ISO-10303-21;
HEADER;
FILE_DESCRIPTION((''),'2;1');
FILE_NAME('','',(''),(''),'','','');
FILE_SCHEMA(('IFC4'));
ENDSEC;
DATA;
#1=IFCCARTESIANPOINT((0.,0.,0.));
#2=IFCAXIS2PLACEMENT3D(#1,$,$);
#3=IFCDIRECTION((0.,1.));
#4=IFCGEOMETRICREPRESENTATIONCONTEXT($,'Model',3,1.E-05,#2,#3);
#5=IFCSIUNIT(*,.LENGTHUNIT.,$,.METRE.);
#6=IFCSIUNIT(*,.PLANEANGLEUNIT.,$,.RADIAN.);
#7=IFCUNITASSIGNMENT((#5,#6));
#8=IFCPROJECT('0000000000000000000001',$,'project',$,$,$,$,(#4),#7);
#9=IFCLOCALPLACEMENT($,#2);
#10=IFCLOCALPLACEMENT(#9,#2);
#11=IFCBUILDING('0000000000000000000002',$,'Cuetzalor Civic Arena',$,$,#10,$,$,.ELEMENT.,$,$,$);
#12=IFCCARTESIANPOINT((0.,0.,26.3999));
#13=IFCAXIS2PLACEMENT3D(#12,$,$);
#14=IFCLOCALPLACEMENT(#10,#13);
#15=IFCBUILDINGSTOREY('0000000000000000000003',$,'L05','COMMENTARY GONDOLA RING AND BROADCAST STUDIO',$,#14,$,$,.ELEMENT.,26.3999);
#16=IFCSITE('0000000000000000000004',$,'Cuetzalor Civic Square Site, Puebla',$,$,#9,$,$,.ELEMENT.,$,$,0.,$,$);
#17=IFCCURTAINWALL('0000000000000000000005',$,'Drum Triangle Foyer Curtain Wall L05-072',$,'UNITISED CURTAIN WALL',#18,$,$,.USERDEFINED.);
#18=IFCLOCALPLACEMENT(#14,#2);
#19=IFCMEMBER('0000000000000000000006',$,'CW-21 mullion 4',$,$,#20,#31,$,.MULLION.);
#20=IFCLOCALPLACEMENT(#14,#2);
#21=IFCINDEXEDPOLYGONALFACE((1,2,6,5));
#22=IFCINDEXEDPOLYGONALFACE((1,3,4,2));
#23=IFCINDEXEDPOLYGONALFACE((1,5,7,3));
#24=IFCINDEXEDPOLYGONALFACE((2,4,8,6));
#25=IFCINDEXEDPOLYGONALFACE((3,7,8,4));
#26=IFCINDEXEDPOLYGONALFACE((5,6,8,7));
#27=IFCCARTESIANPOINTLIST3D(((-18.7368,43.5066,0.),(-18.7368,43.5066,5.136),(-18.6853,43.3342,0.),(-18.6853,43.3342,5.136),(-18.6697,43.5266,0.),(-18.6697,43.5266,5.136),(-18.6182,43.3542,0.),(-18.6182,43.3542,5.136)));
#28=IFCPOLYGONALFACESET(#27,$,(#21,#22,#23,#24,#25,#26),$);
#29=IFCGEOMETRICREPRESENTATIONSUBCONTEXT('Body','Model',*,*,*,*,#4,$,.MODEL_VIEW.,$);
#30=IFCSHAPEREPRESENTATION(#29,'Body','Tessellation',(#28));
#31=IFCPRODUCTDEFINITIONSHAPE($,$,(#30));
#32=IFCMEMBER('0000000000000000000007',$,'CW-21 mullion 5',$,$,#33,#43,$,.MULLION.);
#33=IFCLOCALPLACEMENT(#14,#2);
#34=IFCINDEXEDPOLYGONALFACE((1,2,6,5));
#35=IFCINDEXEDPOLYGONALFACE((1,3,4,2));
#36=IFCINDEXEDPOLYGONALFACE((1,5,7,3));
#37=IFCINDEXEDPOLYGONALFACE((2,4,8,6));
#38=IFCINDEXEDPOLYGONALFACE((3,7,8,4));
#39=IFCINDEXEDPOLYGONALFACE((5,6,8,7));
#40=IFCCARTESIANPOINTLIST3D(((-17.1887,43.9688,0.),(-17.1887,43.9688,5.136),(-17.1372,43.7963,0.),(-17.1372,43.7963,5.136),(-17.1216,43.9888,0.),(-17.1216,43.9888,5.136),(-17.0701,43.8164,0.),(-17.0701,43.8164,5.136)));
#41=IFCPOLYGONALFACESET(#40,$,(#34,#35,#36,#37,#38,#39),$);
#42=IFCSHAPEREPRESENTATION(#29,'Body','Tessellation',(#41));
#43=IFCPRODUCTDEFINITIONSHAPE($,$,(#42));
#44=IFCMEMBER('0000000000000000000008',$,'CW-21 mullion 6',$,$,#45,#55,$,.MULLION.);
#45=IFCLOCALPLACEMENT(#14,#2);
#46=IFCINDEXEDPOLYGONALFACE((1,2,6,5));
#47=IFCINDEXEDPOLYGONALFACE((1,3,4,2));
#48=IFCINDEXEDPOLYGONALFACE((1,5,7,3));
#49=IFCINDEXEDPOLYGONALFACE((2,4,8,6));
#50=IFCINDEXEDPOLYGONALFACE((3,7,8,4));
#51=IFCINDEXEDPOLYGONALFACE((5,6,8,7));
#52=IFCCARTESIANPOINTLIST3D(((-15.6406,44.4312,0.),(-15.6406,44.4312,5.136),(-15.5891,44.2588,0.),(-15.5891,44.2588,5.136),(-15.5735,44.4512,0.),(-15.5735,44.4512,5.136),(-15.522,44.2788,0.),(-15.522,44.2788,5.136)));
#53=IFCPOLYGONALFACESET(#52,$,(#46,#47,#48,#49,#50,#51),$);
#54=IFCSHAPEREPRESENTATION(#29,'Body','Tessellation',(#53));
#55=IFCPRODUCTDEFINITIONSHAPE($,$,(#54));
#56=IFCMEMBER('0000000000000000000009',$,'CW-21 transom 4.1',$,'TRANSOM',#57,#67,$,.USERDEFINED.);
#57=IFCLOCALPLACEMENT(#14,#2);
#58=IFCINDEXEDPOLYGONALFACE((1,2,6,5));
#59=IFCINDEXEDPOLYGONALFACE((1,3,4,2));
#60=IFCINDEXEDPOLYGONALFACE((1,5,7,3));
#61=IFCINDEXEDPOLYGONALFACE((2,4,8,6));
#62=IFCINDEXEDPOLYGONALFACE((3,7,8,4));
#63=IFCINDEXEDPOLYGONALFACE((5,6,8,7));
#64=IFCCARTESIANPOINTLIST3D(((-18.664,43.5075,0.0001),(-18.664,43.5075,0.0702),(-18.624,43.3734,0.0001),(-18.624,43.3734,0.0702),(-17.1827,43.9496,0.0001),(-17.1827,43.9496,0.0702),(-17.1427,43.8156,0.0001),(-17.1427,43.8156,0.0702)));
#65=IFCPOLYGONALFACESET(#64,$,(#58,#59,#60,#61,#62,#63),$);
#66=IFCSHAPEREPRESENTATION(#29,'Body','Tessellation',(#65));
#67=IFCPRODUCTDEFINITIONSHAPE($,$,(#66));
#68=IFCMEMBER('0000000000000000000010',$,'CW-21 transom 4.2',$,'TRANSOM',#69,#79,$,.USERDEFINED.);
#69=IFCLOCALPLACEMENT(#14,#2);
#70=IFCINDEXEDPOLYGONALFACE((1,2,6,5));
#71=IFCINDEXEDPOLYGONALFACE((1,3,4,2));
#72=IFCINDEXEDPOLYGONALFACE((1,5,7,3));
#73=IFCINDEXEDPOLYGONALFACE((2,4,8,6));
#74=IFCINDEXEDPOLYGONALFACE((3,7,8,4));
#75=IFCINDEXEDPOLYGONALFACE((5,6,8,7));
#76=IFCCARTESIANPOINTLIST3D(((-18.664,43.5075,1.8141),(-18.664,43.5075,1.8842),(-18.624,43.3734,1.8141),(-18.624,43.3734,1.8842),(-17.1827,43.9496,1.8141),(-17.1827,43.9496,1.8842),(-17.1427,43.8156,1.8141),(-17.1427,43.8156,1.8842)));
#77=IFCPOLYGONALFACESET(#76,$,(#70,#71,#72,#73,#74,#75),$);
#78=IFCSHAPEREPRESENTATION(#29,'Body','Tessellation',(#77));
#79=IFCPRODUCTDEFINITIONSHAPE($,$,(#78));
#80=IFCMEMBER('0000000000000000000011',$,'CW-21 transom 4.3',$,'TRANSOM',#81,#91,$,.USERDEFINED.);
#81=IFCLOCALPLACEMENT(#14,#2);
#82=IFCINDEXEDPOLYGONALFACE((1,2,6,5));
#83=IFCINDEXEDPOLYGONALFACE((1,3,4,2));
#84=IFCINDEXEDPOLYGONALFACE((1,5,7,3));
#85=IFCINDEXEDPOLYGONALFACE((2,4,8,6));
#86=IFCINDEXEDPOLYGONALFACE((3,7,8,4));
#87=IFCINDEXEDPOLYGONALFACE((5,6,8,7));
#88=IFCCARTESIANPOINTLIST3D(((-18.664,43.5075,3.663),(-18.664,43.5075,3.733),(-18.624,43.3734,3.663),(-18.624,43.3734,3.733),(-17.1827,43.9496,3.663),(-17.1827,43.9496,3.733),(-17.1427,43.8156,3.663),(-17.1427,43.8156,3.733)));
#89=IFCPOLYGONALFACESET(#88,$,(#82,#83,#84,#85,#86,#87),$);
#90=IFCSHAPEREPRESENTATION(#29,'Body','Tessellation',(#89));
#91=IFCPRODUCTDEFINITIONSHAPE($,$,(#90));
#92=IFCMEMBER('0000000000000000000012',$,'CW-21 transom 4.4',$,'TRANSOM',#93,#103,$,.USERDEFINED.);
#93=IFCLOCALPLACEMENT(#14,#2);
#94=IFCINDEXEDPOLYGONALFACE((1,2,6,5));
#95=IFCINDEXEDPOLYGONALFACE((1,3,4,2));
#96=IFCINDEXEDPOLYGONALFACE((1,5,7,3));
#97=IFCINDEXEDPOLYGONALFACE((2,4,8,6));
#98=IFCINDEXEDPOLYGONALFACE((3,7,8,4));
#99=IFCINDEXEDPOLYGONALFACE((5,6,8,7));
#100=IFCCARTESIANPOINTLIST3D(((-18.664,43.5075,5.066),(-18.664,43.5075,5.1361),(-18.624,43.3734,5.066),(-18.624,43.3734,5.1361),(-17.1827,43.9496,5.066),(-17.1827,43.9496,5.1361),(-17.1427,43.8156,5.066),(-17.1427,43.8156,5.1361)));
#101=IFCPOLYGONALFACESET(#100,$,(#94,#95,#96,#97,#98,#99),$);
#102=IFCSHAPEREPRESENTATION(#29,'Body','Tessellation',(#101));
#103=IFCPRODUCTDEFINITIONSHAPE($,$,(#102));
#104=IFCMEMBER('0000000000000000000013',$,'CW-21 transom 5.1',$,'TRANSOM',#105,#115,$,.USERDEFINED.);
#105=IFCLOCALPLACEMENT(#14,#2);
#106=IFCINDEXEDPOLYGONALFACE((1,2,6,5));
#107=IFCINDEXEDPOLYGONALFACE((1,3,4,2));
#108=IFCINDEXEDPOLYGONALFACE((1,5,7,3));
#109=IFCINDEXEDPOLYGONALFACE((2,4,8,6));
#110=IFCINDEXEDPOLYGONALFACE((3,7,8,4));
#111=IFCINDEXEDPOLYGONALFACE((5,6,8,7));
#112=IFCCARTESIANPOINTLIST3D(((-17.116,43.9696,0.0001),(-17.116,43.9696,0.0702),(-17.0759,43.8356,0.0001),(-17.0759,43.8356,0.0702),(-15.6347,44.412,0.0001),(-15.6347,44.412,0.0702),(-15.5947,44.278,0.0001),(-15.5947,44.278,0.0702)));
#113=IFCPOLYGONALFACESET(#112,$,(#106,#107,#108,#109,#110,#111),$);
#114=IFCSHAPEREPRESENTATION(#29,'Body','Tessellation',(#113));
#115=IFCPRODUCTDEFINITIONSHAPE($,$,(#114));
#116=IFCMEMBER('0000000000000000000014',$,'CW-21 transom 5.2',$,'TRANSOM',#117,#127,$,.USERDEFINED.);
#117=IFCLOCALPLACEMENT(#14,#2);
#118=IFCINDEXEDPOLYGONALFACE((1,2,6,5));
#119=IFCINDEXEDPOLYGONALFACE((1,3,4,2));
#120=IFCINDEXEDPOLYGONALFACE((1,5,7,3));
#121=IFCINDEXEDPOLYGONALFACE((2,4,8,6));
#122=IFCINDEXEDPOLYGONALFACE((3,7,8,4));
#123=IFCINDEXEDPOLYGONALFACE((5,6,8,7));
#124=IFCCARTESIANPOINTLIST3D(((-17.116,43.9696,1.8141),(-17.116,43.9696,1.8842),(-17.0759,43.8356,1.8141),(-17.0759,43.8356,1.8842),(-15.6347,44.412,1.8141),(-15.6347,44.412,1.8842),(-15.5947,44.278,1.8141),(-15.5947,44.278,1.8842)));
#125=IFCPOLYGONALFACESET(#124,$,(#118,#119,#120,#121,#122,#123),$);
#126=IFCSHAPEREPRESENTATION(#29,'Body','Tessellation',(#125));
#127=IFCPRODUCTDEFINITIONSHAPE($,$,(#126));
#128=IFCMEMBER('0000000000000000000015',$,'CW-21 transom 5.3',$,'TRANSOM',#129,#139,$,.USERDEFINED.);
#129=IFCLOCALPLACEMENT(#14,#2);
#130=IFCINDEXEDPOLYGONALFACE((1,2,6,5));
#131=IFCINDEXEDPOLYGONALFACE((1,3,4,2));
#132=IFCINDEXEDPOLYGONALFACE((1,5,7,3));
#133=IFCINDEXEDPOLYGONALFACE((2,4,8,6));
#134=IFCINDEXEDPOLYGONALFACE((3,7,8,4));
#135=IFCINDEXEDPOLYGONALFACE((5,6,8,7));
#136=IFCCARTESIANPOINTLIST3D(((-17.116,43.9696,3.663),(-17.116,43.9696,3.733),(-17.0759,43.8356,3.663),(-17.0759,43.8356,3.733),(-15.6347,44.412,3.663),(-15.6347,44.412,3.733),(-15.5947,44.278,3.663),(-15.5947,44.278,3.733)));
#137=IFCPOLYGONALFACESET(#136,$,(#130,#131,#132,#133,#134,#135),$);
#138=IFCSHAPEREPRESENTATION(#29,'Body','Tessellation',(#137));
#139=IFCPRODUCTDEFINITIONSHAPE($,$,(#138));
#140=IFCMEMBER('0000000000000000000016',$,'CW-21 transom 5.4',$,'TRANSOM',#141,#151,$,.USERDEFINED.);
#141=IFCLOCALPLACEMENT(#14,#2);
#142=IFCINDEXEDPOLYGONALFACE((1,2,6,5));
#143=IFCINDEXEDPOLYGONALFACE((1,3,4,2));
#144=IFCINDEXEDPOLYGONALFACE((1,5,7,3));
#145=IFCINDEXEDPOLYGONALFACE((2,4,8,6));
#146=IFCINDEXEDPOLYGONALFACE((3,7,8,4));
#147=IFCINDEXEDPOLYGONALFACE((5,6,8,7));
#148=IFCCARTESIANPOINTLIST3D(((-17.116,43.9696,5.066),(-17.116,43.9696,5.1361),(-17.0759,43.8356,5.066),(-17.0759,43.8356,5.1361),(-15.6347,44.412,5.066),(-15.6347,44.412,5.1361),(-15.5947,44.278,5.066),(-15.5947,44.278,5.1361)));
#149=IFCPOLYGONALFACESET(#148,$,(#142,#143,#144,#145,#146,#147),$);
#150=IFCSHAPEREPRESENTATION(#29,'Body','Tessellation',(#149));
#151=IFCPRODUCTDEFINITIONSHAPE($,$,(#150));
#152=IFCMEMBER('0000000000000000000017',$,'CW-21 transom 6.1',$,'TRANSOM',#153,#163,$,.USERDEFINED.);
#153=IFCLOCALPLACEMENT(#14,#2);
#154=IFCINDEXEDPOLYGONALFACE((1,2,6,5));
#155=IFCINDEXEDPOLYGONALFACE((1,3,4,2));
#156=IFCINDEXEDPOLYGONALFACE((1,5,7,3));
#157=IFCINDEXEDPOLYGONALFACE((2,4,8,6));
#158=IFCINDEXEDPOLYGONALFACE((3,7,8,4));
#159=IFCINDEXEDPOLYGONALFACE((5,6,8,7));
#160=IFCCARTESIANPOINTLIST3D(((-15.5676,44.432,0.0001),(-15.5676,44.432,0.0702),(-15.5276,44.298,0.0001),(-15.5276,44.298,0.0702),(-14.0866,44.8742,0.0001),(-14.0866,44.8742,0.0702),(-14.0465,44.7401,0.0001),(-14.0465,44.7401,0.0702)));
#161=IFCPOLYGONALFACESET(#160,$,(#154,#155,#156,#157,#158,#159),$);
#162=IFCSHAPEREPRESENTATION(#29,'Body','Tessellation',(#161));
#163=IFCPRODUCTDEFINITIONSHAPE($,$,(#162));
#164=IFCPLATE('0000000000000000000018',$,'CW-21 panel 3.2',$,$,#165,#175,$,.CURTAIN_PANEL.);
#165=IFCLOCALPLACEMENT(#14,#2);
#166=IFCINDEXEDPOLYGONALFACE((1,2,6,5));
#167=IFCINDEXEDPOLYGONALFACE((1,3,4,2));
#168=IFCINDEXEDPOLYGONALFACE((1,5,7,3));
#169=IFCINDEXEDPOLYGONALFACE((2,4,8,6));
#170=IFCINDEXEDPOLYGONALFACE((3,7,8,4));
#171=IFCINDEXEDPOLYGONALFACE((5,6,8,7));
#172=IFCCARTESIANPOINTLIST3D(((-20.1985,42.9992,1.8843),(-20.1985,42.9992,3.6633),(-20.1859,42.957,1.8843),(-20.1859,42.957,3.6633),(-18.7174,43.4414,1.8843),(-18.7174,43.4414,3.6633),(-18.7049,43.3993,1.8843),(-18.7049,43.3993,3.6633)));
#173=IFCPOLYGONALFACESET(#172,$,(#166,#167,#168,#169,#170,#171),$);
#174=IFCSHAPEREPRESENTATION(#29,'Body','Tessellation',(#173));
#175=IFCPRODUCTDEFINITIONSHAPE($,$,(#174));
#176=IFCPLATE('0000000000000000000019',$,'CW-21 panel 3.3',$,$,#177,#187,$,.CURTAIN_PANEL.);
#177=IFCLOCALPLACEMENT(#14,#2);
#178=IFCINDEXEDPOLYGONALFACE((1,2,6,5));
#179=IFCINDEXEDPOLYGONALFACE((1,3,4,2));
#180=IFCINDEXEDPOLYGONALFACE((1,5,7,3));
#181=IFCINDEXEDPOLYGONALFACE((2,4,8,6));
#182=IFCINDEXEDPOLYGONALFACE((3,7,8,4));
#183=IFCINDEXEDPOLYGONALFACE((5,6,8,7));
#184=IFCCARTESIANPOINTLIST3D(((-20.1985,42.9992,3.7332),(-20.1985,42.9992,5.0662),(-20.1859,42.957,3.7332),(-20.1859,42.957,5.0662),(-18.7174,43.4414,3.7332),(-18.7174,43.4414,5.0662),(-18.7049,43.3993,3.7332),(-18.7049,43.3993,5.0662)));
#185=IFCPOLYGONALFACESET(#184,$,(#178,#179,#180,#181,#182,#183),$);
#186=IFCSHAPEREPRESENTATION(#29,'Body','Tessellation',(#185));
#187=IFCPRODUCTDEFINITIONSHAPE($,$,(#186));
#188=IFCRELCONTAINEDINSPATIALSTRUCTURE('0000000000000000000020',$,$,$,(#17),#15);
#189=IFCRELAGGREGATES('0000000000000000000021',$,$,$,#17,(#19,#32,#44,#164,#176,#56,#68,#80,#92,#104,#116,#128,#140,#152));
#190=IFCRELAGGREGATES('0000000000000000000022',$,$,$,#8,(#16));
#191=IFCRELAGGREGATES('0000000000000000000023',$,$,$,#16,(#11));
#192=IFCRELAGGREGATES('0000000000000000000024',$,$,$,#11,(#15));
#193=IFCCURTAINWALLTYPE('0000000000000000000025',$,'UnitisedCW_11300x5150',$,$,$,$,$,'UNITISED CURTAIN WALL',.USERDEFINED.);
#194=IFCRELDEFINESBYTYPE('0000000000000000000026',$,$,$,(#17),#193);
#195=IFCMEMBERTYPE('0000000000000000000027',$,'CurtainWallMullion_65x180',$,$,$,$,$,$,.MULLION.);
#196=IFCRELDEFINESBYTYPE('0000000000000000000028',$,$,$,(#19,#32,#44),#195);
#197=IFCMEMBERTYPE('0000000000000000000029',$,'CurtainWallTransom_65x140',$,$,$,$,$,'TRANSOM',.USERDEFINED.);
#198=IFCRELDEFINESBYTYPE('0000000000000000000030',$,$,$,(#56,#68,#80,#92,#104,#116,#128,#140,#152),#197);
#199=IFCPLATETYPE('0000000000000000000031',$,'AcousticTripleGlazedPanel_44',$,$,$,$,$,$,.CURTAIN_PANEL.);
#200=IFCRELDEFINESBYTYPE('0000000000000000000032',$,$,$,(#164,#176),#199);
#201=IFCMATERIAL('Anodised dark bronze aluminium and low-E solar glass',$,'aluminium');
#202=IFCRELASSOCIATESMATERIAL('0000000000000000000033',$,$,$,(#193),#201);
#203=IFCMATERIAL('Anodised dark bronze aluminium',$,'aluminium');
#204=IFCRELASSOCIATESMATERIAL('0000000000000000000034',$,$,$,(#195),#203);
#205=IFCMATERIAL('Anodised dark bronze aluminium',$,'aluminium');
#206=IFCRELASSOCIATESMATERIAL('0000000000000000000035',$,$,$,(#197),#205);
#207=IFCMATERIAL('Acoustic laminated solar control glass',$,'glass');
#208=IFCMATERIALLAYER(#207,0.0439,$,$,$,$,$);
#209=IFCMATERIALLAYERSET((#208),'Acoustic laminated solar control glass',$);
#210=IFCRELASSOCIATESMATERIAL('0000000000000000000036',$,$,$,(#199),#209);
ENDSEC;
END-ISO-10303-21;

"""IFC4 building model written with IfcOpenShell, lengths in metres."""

from ifc_helpers import new_model, si_unit, direction, frame, origin, origin_2d, place, context, subcontext, project, spatial, rectangle, extrude, material, layer, layer_set, material_profile, profile_set, type_object, element, aggregate, save


model = new_model("IFC4")

# Units and contexts
model_context = context("Model", 3, precision=1e-05, world=origin(), true_north=direction((0.0, 1.0)))
body_context = subcontext(model_context, "Body", "Model", "MODEL_VIEW")
ifc_project = project(units=[si_unit("LENGTHUNIT", "METRE"), si_unit("PLANEANGLEUNIT", "RADIAN")], contexts=[model_context])

# Site, building, storey
site_placement = place(None, origin())
site = spatial("IfcSite", under=ifc_project, at=site_placement, Name="Cuetzalor Civic Square Site, Puebla", CompositionType="ELEMENT", RefElevation=0.0)
building_placement = place(site_placement, origin())
building = spatial("IfcBuilding", under=site, at=building_placement, Name="Cuetzalor Civic Arena", CompositionType="ELEMENT")
storey_placement = place(building_placement, frame((0.0, 0.0, 26.3999)))
storey = spatial("IfcBuildingStorey", under=building, at=storey_placement, Name="L05", Description="COMMENTARY GONDOLA RING AND BROADCAST STUDIO", CompositionType="ELEMENT", Elevation=26.3999)

# Curtain wall, members, plates
ifc_material_1 = material(Name="Anodised dark bronze aluminium and low-E solar glass", Category="aluminium")
curtain_wall_type = type_object("IfcCurtainWallType", Name="UnitisedCW_11300x5150", ElementType="UNITISED CURTAIN WALL", PredefinedType="USERDEFINED", material=ifc_material_1)
curtain_wall_placement = place(storey_placement, origin())
curtain_wall = element("IfcCurtainWall", 1, at=curtain_wall_placement, inside=storey, type_object=curtain_wall_type, Name="Drum Triangle Foyer Curtain Wall L05-072", ObjectType="UNITISED CURTAIN WALL", PredefinedType="USERDEFINED")
ifc_material_2 = material(Name="Anodised dark bronze aluminium", Category="aluminium")
ifc_material_profile_1 = material_profile(ifc_material_2, rectangle(XDim=0.0701, YDim=0.1799, at=origin_2d()), Name="ALU MULLION 70x180")
ifc_profile_set_1 = profile_set([ifc_material_profile_1], Name="Anodised dark bronze aluminium")
member_type_1 = type_object("IfcMemberType", Name="CurtainWallMullion_65x180", PredefinedType="MULLION", material=ifc_profile_set_1)
member_1_placement = place(storey_placement, frame((-18.6775, 43.4304, 0.0), z_axis=(0.0, 0.0, 1.0), x_axis=(0.958194, 0.28612, 0.0)))
member_1 = element("IfcMember", 2, at=member_1_placement, type_object=member_type_1, Name="CW-21 mullion 4", PredefinedType="MULLION", context=body_context, shape_type="SweptSolid", body=[
    extrude(rectangle(XDim=0.0701, YDim=0.1799, at=origin_2d()), origin(), (0.0, 0.0, 1.0), 5.136),
])
member_2_placement = place(storey_placement, frame((-17.1294, 43.8926, 0.0), z_axis=(0.0, 0.0, 1.0), x_axis=(0.958194, 0.28612, 0.0)))
member_2 = element("IfcMember", 3, at=member_2_placement, type_object=member_type_1, Name="CW-21 mullion 5", PredefinedType="MULLION", context=body_context, shape_type="SweptSolid", body=[
    extrude(rectangle(XDim=0.0701, YDim=0.1799, at=origin_2d()), origin(), (0.0, 0.0, 1.0), 5.136),
])
member_3_placement = place(storey_placement, frame((-15.5813, 44.355, 0.0), z_axis=(0.0, 0.0, 1.0), x_axis=(0.958194, 0.28612, 0.0)))
member_3 = element("IfcMember", 4, at=member_3_placement, type_object=member_type_1, Name="CW-21 mullion 6", PredefinedType="MULLION", context=body_context, shape_type="SweptSolid", body=[
    extrude(rectangle(XDim=0.0701, YDim=0.1799, at=origin_2d()), origin(), (0.0, 0.0, 1.0), 5.136),
])
ifc_material_3 = material(Name="Anodised dark bronze aluminium", Category="aluminium")
ifc_material_profile_2 = material_profile(ifc_material_3, rectangle(XDim=0.1399, YDim=0.0701, at=origin_2d()), Name="ALU TRANSOM 70x140")
ifc_profile_set_2 = profile_set([ifc_material_profile_2], Name="Anodised dark bronze aluminium")
member_type_2 = type_object("IfcMemberType", Name="CurtainWallTransom_65x140", ElementType="TRANSOM", PredefinedType="USERDEFINED", material=ifc_profile_set_2)
member_4_placement = place(storey_placement, frame((-18.644, 43.4404, 0.0352), z_axis=(0.958221, 0.286029, 0.0), x_axis=(-0.286029, 0.958221, 0.0)))
member_4 = element("IfcMember", 5, at=member_4_placement, type_object=member_type_2, Name="CW-21 transom 4.1", ObjectType="TRANSOM", PredefinedType="USERDEFINED", context=body_context, shape_type="SweptSolid", body=[
    extrude(rectangle(XDim=0.1399, YDim=0.0701, at=origin_2d()), origin(), (0.0, 0.0, 1.0), 1.5459),
])
member_5_placement = place(storey_placement, frame((-18.644, 43.4404, 1.8491), z_axis=(0.958221, 0.286029, 0.0), x_axis=(-0.286029, 0.958221, 0.0)))
member_5 = element("IfcMember", 6, at=member_5_placement, type_object=member_type_2, Name="CW-21 transom 4.2", ObjectType="TRANSOM", PredefinedType="USERDEFINED", context=body_context, shape_type="SweptSolid", body=[
    extrude(rectangle(XDim=0.1399, YDim=0.0701, at=origin_2d()), origin(), (0.0, 0.0, 1.0), 1.5459),
])
member_6_placement = place(storey_placement, frame((-18.644, 43.4404, 3.698), z_axis=(0.958221, 0.286029, 0.0), x_axis=(-0.286029, 0.958221, 0.0)))
member_6 = element("IfcMember", 7, at=member_6_placement, type_object=member_type_2, Name="CW-21 transom 4.3", ObjectType="TRANSOM", PredefinedType="USERDEFINED", context=body_context, shape_type="SweptSolid", body=[
    extrude(rectangle(XDim=0.1399, YDim=0.0701, at=origin_2d()), origin(), (0.0, 0.0, 1.0), 1.5459),
])
member_7_placement = place(storey_placement, frame((-18.644, 43.4404, 5.1011), z_axis=(0.958221, 0.286029, 0.0), x_axis=(-0.286029, 0.958221, 0.0)))
member_7 = element("IfcMember", 8, at=member_7_placement, type_object=member_type_2, Name="CW-21 transom 4.4", ObjectType="TRANSOM", PredefinedType="USERDEFINED", context=body_context, shape_type="SweptSolid", body=[
    extrude(rectangle(XDim=0.1399, YDim=0.0701, at=origin_2d()), origin(), (0.0, 0.0, 1.0), 1.5459),
])
member_8_placement = place(storey_placement, frame((-17.0959, 43.9026, 0.0352), z_axis=(0.958178, 0.286174, 0.0), x_axis=(-0.286174, 0.958178, 0.0)))
member_8 = element("IfcMember", 9, at=member_8_placement, type_object=member_type_2, Name="CW-21 transom 5.1", ObjectType="TRANSOM", PredefinedType="USERDEFINED", context=body_context, shape_type="SweptSolid", body=[
    extrude(rectangle(XDim=0.1399, YDim=0.0701, at=origin_2d()), origin(), (0.0, 0.0, 1.0), 1.5459),
])
member_9_placement = place(storey_placement, frame((-17.0959, 43.9026, 1.8491), z_axis=(0.958178, 0.286174, 0.0), x_axis=(-0.286174, 0.958178, 0.0)))
member_9 = element("IfcMember", 10, at=member_9_placement, type_object=member_type_2, Name="CW-21 transom 5.2", ObjectType="TRANSOM", PredefinedType="USERDEFINED", context=body_context, shape_type="SweptSolid", body=[
    extrude(rectangle(XDim=0.1399, YDim=0.0701, at=origin_2d()), origin(), (0.0, 0.0, 1.0), 1.5459),
])
member_10_placement = place(storey_placement, frame((-17.0959, 43.9026, 3.698), z_axis=(0.958178, 0.286174, 0.0), x_axis=(-0.286174, 0.958178, 0.0)))
member_10 = element("IfcMember", 11, at=member_10_placement, type_object=member_type_2, Name="CW-21 transom 5.3", ObjectType="TRANSOM", PredefinedType="USERDEFINED", context=body_context, shape_type="SweptSolid", body=[
    extrude(rectangle(XDim=0.1399, YDim=0.0701, at=origin_2d()), origin(), (0.0, 0.0, 1.0), 1.5459),
])
member_11_placement = place(storey_placement, frame((-17.0959, 43.9026, 5.1011), z_axis=(0.958178, 0.286174, 0.0), x_axis=(-0.286174, 0.958178, 0.0)))
member_11 = element("IfcMember", 12, at=member_11_placement, type_object=member_type_2, Name="CW-21 transom 5.4", ObjectType="TRANSOM", PredefinedType="USERDEFINED", context=body_context, shape_type="SweptSolid", body=[
    extrude(rectangle(XDim=0.1399, YDim=0.0701, at=origin_2d()), origin(), (0.0, 0.0, 1.0), 1.5459),
])
member_12_placement = place(storey_placement, frame((-15.5476, 44.365, 0.0352), z_axis=(0.958208, 0.286072, 0.0), x_axis=(-0.286072, 0.958208, 0.0)))
member_12 = element("IfcMember", 13, at=member_12_placement, type_object=member_type_2, Name="CW-21 transom 6.1", ObjectType="TRANSOM", PredefinedType="USERDEFINED", context=body_context, shape_type="SweptSolid", body=[
    extrude(rectangle(XDim=0.1399, YDim=0.0701, at=origin_2d()), origin(), (0.0, 0.0, 1.0), 1.5457),
])
ifc_material_4 = material(Name="Acoustic laminated solar control glass", Category="glass")
ifc_layer = layer(ifc_material_4, 0.0439)
ifc_layer_set = layer_set([ifc_layer], Name="Acoustic laminated solar control glass")
plate_type = type_object("IfcPlateType", Name="AcousticTripleGlazedPanel_44", PredefinedType="CURTAIN_PANEL", material=ifc_layer_set)
plate_1_placement = place(storey_placement, frame((-19.4517, 43.1992, 1.8843), z_axis=(0.0, 0.0, 1.0), x_axis=(0.958194, 0.28612, 0.0)))
plate_1 = element("IfcPlate", 14, at=plate_1_placement, type_object=plate_type, Name="CW-21 panel 3.2", PredefinedType="CURTAIN_PANEL", context=body_context, shape_type="SweptSolid", body=[
    extrude(rectangle(XDim=1.5457, YDim=0.0439, at=origin_2d()), origin(), (0.0, 0.0, 1.0), 1.7791),
])
plate_2_placement = place(storey_placement, frame((-19.4517, 43.1992, 3.7332), z_axis=(0.0, 0.0, 1.0), x_axis=(0.958194, 0.28612, 0.0)))
plate_2 = element("IfcPlate", 15, at=plate_2_placement, type_object=plate_type, Name="CW-21 panel 3.3", PredefinedType="CURTAIN_PANEL", context=body_context, shape_type="SweptSolid", body=[
    extrude(rectangle(XDim=1.5457, YDim=0.0439, at=origin_2d()), origin(), (0.0, 0.0, 1.0), 1.333),
])
aggregate(curtain_wall, [member_1, member_2, member_3, plate_1, plate_2, member_4, member_5, member_6, member_7, member_8, member_9, member_10, member_11, member_12])

save(model, "model.ifc")
